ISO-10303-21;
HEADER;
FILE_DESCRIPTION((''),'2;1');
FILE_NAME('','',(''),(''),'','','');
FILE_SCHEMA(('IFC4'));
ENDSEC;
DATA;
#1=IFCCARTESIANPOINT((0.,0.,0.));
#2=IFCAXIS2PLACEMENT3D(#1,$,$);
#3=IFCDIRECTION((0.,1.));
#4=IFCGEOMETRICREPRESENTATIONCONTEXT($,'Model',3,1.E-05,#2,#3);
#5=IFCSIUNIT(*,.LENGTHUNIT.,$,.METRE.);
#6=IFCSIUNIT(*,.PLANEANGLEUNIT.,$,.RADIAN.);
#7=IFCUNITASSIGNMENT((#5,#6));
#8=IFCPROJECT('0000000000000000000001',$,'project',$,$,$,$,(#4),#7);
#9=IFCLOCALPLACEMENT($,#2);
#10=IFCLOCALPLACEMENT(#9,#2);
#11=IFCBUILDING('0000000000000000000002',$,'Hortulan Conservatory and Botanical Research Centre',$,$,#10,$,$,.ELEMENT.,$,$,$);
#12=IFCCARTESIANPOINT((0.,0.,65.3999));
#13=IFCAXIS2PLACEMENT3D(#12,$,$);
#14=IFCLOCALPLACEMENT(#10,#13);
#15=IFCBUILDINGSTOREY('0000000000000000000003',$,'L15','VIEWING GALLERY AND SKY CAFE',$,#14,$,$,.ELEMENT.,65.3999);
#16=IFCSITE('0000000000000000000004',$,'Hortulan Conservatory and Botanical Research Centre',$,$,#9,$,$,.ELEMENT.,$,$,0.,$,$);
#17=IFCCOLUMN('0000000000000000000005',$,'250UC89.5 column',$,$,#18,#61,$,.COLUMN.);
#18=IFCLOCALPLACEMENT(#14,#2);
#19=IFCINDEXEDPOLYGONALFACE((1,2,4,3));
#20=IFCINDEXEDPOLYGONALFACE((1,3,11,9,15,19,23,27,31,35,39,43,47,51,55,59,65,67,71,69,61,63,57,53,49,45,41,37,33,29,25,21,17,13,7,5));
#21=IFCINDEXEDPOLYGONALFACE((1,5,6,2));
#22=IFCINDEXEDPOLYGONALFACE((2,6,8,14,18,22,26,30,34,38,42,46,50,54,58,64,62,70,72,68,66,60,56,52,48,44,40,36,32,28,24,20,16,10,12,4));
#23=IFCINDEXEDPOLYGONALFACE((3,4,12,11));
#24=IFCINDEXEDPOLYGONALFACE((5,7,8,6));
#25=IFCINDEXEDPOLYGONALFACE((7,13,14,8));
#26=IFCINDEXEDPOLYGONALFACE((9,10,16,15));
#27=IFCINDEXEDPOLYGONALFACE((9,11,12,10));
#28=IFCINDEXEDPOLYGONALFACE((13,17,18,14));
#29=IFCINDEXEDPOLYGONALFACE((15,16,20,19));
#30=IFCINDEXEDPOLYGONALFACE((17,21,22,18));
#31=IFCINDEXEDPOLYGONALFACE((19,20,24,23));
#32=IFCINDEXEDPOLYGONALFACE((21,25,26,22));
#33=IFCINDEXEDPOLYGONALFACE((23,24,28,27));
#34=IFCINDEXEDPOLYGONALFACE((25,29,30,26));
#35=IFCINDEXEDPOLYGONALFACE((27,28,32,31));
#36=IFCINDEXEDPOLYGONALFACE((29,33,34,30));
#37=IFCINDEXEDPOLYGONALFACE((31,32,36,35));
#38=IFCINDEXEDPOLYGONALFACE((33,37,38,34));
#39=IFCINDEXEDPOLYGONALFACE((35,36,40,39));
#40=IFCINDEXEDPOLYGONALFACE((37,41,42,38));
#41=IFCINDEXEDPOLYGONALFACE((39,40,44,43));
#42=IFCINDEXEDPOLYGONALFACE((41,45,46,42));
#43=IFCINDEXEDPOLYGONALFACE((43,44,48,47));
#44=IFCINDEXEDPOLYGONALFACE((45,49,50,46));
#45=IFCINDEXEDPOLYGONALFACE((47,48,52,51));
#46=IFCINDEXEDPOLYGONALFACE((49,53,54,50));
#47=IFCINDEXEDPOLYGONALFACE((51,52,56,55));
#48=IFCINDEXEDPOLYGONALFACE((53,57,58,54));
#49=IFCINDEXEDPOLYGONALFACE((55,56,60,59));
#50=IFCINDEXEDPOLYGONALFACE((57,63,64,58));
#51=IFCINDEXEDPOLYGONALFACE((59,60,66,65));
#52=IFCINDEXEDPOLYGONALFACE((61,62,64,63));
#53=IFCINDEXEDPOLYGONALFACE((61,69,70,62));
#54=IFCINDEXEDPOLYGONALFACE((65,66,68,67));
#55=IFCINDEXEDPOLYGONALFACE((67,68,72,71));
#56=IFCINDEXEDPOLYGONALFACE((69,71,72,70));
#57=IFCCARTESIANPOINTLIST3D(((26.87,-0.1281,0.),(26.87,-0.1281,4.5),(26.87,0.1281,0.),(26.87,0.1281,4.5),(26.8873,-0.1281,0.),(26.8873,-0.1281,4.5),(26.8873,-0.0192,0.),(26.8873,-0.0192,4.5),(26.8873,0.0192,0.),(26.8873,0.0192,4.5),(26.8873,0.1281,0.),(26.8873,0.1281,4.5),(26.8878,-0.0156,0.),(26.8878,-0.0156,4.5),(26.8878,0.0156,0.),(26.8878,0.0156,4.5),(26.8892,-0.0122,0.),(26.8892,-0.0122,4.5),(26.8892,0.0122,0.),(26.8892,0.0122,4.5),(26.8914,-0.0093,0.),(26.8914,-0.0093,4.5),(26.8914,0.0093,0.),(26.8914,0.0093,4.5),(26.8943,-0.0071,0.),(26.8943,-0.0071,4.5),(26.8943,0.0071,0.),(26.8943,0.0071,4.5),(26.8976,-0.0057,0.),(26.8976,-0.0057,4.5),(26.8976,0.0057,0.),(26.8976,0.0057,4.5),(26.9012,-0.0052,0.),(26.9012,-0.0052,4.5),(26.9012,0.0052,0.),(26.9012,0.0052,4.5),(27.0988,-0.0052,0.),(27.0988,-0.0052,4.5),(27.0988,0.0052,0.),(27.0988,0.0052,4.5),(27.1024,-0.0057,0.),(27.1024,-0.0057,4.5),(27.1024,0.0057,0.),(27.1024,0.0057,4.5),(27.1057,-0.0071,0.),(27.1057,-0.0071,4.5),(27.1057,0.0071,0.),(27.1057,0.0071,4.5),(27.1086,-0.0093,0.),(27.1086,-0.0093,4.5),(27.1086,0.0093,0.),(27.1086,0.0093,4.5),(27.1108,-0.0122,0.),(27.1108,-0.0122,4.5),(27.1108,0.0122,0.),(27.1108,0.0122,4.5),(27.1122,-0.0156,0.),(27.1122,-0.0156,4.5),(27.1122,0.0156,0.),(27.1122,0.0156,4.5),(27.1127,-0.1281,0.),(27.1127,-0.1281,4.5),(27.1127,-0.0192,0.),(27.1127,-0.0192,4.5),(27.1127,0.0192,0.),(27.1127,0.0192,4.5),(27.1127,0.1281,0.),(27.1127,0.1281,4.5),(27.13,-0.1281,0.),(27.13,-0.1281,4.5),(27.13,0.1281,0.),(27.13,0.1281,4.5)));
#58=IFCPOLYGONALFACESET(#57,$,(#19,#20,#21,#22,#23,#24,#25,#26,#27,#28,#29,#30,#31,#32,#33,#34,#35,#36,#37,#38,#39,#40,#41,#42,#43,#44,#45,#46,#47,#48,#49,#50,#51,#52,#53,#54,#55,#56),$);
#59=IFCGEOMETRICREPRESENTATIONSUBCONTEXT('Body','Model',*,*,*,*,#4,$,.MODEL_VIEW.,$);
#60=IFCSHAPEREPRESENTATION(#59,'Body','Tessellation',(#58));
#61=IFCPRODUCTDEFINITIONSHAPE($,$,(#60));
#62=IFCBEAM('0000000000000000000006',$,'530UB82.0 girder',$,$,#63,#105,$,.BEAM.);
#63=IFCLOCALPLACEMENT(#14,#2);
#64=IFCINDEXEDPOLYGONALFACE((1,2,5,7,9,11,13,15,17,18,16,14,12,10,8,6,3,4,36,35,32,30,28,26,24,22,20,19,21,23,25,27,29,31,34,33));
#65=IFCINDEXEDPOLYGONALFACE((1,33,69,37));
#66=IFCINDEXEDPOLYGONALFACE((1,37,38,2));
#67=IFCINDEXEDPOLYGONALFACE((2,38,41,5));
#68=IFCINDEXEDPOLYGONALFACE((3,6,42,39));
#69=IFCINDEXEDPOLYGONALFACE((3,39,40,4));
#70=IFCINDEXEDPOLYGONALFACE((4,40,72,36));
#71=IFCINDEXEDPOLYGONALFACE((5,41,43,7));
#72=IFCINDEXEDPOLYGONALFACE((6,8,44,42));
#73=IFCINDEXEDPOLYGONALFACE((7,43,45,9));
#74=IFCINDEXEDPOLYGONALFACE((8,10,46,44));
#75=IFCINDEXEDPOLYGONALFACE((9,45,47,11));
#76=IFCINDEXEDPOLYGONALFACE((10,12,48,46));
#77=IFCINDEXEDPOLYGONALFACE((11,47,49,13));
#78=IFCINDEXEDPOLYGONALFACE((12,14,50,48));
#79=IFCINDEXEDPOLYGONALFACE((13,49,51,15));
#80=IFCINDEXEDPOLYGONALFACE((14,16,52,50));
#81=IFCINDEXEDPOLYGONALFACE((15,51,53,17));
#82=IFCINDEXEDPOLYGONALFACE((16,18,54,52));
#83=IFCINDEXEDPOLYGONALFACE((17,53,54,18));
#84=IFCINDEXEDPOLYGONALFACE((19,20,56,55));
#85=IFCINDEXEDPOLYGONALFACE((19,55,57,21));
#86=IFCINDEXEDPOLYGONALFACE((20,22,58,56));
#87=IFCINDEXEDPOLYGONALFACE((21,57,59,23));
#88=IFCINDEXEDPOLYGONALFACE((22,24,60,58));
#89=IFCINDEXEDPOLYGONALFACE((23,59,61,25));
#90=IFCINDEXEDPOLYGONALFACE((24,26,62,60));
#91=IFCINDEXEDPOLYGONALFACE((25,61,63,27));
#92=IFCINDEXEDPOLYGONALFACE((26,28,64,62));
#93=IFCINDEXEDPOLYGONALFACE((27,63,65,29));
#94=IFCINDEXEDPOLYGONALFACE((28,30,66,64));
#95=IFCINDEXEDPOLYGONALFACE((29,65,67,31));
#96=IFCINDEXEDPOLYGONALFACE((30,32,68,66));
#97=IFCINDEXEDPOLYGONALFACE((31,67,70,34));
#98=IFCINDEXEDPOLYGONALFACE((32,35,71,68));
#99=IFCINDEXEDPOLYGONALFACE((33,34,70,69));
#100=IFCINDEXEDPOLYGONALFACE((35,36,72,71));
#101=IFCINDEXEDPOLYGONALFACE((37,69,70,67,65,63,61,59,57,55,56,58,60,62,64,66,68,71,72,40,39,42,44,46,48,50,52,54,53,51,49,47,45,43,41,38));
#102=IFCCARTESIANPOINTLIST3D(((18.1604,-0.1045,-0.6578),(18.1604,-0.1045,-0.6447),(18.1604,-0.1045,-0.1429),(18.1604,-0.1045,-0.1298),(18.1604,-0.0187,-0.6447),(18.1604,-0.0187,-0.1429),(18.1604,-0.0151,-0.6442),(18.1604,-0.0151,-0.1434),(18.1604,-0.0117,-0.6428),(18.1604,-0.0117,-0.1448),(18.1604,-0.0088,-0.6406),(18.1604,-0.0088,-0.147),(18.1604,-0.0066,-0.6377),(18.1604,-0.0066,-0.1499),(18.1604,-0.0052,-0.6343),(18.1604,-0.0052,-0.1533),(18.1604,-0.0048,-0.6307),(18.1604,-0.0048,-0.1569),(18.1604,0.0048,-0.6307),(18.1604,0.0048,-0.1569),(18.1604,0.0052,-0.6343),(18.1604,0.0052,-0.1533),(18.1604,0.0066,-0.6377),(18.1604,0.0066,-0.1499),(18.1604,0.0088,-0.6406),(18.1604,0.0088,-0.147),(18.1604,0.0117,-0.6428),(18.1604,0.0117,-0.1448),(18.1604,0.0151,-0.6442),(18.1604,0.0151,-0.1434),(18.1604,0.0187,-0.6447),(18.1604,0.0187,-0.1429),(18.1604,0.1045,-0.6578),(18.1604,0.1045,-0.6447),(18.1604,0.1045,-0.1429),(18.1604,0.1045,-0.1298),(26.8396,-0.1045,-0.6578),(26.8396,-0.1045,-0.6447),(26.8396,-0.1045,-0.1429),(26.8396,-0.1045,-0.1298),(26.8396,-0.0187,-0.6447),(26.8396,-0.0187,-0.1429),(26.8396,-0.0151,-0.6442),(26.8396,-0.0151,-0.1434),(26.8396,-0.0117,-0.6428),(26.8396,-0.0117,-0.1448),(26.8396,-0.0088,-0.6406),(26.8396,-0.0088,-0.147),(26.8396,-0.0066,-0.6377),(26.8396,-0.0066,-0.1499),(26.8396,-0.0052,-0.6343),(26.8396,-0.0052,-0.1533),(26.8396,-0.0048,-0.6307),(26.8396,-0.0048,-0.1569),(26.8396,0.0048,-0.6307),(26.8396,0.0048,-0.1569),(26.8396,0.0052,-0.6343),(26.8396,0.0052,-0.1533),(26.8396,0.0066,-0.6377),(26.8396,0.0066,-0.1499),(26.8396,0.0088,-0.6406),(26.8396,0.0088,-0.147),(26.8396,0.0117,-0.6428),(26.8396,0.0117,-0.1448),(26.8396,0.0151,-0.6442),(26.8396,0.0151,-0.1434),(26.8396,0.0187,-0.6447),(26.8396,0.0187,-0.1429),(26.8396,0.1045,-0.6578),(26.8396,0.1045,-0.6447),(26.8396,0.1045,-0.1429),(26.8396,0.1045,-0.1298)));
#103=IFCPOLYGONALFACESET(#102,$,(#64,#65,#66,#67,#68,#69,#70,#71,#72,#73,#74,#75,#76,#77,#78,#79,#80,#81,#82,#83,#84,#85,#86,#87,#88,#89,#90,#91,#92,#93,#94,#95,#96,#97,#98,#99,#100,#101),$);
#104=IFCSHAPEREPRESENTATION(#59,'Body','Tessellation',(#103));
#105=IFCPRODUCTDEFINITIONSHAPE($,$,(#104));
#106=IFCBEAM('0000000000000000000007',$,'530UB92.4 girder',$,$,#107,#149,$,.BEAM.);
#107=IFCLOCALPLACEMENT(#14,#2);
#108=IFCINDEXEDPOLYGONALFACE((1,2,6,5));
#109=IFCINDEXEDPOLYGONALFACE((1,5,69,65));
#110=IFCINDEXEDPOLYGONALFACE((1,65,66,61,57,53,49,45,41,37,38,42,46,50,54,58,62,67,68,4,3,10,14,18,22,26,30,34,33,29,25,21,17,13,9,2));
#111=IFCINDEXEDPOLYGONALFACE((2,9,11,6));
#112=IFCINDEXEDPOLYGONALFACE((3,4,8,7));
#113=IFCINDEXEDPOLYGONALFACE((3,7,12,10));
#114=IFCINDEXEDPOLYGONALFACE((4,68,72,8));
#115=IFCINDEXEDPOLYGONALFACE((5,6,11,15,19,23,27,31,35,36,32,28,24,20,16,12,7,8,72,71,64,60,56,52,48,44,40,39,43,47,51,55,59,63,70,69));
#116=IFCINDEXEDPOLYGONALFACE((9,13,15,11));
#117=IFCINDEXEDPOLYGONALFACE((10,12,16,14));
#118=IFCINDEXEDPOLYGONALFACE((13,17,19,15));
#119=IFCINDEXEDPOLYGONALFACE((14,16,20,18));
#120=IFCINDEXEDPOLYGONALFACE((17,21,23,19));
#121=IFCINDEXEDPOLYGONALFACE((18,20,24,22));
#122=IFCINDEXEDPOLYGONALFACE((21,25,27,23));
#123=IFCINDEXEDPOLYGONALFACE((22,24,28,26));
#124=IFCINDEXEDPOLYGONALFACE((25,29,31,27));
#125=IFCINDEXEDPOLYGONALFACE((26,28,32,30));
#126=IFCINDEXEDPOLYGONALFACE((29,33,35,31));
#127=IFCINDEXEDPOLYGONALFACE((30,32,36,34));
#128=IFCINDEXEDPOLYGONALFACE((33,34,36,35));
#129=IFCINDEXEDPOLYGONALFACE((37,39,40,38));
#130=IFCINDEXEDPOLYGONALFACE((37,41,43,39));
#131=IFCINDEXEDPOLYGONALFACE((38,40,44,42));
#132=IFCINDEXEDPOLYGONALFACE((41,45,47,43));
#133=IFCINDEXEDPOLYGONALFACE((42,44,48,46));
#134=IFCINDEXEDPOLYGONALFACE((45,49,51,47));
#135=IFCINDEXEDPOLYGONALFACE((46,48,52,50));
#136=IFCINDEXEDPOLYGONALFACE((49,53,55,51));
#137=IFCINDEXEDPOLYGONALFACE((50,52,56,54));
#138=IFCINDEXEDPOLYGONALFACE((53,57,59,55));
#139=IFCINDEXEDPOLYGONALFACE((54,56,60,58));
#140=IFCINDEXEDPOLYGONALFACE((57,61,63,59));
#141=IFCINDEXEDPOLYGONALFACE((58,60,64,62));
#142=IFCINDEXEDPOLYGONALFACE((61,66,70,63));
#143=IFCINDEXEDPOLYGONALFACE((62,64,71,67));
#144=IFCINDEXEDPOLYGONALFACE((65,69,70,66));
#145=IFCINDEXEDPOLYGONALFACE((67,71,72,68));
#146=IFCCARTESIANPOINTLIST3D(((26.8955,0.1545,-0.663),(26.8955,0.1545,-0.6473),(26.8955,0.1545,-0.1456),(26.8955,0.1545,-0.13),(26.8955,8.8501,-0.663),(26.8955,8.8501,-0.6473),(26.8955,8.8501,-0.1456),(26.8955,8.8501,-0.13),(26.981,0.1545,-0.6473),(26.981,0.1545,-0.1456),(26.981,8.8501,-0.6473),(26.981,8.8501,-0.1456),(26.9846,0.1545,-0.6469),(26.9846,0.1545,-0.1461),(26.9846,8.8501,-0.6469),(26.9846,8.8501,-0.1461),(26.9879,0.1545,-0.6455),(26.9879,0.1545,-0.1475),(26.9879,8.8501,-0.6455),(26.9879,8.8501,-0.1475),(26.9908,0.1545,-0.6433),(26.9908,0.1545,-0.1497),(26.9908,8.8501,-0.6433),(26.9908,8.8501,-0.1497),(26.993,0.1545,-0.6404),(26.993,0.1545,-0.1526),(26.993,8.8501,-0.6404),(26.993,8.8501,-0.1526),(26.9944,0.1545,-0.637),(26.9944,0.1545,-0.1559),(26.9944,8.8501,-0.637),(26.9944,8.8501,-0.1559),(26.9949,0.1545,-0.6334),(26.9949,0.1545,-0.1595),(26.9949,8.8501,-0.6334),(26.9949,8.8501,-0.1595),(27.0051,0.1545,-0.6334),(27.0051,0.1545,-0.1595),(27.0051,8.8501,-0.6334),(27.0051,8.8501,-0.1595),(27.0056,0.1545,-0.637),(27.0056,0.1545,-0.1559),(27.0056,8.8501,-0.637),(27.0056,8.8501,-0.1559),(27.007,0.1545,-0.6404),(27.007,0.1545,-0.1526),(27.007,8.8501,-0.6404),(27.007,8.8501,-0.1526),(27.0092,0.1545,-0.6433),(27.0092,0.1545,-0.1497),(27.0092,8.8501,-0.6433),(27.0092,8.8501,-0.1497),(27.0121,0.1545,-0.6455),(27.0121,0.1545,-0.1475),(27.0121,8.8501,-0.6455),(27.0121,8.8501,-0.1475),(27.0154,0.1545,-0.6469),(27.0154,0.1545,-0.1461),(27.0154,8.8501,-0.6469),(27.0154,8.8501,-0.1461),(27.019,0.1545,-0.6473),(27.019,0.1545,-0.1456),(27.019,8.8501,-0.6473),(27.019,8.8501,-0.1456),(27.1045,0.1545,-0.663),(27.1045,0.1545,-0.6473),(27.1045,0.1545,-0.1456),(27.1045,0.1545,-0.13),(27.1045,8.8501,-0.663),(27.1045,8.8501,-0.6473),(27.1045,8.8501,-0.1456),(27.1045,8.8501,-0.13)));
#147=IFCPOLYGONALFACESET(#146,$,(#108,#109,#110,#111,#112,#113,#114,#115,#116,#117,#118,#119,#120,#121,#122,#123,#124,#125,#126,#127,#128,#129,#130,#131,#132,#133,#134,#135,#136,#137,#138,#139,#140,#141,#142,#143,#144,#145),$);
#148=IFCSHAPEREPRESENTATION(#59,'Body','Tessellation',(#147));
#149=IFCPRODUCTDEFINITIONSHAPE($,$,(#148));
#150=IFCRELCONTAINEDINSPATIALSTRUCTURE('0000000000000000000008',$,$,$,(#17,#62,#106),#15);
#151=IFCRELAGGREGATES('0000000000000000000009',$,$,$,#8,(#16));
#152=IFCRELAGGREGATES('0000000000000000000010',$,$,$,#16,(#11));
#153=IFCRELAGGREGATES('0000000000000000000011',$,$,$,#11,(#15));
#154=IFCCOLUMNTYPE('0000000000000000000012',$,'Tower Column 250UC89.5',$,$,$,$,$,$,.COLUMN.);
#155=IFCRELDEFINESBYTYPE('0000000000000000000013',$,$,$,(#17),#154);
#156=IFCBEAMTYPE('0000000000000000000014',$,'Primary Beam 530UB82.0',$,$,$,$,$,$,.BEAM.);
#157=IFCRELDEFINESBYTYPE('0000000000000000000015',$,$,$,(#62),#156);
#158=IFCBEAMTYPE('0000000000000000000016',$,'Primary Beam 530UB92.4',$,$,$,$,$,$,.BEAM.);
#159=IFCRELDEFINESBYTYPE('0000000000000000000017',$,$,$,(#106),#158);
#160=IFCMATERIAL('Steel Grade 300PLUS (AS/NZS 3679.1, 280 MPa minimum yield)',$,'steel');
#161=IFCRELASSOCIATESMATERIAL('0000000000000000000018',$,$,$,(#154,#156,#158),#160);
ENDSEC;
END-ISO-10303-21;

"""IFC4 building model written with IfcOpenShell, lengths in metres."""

from ifc_helpers import new_model, si_unit, direction, frame, origin, origin_2d, place, context, subcontext, project, spatial, i_section, extrude, material, material_profile, profile_set, type_object, element, save


model = new_model("IFC4")

# Units and contexts
model_context = context("Model", 3, precision=1e-05, world=origin(), true_north=direction((0.0, 1.0)))
body_context = subcontext(model_context, "Body", "Model", "MODEL_VIEW")
ifc_project = project(units=[si_unit("LENGTHUNIT", "METRE"), si_unit("PLANEANGLEUNIT", "RADIAN")], contexts=[model_context])

# Site, building, storey
site_placement = place(None, origin())
site = spatial("IfcSite", under=ifc_project, at=site_placement, Name="Hortulan Conservatory and Botanical Research Centre", CompositionType="ELEMENT", RefElevation=0.0)
building_placement = place(site_placement, origin())
building = spatial("IfcBuilding", under=site, at=building_placement, Name="Hortulan Conservatory and Botanical Research Centre", CompositionType="ELEMENT")
storey_placement = place(building_placement, frame((0.0, 0.0, 65.3999)))
storey = spatial("IfcBuildingStorey", under=building, at=storey_placement, Name="L15", Description="VIEWING GALLERY AND SKY CAFE", CompositionType="ELEMENT", Elevation=65.3999)

# Column
ifc_material_1 = material(Name="Steel Grade 300PLUS (AS/NZS 3679.1, 280 MPa minimum yield)", Category="steel")
ifc_material_profile_1 = material_profile(ifc_material_1, i_section(OverallWidth=0.2561, OverallDepth=0.26, WebThickness=0.0105, FlangeThickness=0.0173, FilletRadius=0.0139, at=origin_2d()), Name="250UC89.5")
ifc_profile_set_1 = profile_set([ifc_material_profile_1], Name="Steel Grade 300PLUS (AS/NZS 3679.1, 280 MPa minimum yield)")
column_type = type_object("IfcColumnType", Name="Tower Column 250UC89.5", PredefinedType="COLUMN", material=ifc_profile_set_1)
column_placement = place(storey_placement, frame((27.0, 0.0, 0.0), z_axis=(0.0, 0.0, 1.0), x_axis=(0.0, 1.0, 0.0)))
element("IfcColumn", 1, at=column_placement, inside=storey, type_object=column_type, Name="250UC89.5 column", PredefinedType="COLUMN", context=body_context, shape_type="SweptSolid", body=[
    extrude(i_section(OverallWidth=0.2561, OverallDepth=0.26, WebThickness=0.0105, FlangeThickness=0.0173, FilletRadius=0.0139, at=origin_2d()), origin(), (0.0, 0.0, 1.0), 4.5),
])

# Beams
ifc_material_profile_2 = material_profile(ifc_material_1, i_section(OverallWidth=0.209, OverallDepth=0.5281, WebThickness=0.0095, FlangeThickness=0.0132, FilletRadius=0.0139, at=origin_2d()), Name="530UB82.0")
ifc_profile_set_2 = profile_set([ifc_material_profile_2], Name="Steel Grade 300PLUS (AS/NZS 3679.1, 280 MPa minimum yield)")
beam_type_1 = type_object("IfcBeamType", Name="Primary Beam 530UB82.0", PredefinedType="BEAM", material=ifc_profile_set_2)
beam_1_placement = place(storey_placement, frame((18.1604, 0.0, -0.3938), z_axis=(1.0, 0.0, 0.0), x_axis=(0.0, 1.0, 0.0)))
element("IfcBeam", 2, at=beam_1_placement, inside=storey, type_object=beam_type_1, Name="530UB82.0 girder", PredefinedType="BEAM", context=body_context, shape_type="SweptSolid", body=[
    extrude(i_section(OverallWidth=0.209, OverallDepth=0.5281, WebThickness=0.0095, FlangeThickness=0.0132, FilletRadius=0.0139, at=origin_2d()), origin(), (0.0, 0.0, 1.0), 8.6792),
])
ifc_material_profile_3 = material_profile(ifc_material_1, i_section(OverallWidth=0.209, OverallDepth=0.533, WebThickness=0.0103, FlangeThickness=0.0156, FilletRadius=0.0139, at=origin_2d()), Name="530UB92.4")
ifc_profile_set_3 = profile_set([ifc_material_profile_3], Name="Steel Grade 300PLUS (AS/NZS 3679.1, 280 MPa minimum yield)")
beam_type_2 = type_object("IfcBeamType", Name="Primary Beam 530UB92.4", PredefinedType="BEAM", material=ifc_profile_set_3)
beam_2_placement = place(storey_placement, frame((27.0, 0.1545, -0.3965), z_axis=(0.0, 1.0, 0.0), x_axis=(-1.0, 0.0, 0.0)))
element("IfcBeam", 3, at=beam_2_placement, inside=storey, type_object=beam_type_2, Name="530UB92.4 girder", PredefinedType="BEAM", context=body_context, shape_type="SweptSolid", body=[
    extrude(i_section(OverallWidth=0.209, OverallDepth=0.533, WebThickness=0.0103, FlangeThickness=0.0156, FilletRadius=0.0139, at=origin_2d()), origin(), (0.0, 0.0, 1.0), 8.6956),
])

save(model, "model.ifc")
